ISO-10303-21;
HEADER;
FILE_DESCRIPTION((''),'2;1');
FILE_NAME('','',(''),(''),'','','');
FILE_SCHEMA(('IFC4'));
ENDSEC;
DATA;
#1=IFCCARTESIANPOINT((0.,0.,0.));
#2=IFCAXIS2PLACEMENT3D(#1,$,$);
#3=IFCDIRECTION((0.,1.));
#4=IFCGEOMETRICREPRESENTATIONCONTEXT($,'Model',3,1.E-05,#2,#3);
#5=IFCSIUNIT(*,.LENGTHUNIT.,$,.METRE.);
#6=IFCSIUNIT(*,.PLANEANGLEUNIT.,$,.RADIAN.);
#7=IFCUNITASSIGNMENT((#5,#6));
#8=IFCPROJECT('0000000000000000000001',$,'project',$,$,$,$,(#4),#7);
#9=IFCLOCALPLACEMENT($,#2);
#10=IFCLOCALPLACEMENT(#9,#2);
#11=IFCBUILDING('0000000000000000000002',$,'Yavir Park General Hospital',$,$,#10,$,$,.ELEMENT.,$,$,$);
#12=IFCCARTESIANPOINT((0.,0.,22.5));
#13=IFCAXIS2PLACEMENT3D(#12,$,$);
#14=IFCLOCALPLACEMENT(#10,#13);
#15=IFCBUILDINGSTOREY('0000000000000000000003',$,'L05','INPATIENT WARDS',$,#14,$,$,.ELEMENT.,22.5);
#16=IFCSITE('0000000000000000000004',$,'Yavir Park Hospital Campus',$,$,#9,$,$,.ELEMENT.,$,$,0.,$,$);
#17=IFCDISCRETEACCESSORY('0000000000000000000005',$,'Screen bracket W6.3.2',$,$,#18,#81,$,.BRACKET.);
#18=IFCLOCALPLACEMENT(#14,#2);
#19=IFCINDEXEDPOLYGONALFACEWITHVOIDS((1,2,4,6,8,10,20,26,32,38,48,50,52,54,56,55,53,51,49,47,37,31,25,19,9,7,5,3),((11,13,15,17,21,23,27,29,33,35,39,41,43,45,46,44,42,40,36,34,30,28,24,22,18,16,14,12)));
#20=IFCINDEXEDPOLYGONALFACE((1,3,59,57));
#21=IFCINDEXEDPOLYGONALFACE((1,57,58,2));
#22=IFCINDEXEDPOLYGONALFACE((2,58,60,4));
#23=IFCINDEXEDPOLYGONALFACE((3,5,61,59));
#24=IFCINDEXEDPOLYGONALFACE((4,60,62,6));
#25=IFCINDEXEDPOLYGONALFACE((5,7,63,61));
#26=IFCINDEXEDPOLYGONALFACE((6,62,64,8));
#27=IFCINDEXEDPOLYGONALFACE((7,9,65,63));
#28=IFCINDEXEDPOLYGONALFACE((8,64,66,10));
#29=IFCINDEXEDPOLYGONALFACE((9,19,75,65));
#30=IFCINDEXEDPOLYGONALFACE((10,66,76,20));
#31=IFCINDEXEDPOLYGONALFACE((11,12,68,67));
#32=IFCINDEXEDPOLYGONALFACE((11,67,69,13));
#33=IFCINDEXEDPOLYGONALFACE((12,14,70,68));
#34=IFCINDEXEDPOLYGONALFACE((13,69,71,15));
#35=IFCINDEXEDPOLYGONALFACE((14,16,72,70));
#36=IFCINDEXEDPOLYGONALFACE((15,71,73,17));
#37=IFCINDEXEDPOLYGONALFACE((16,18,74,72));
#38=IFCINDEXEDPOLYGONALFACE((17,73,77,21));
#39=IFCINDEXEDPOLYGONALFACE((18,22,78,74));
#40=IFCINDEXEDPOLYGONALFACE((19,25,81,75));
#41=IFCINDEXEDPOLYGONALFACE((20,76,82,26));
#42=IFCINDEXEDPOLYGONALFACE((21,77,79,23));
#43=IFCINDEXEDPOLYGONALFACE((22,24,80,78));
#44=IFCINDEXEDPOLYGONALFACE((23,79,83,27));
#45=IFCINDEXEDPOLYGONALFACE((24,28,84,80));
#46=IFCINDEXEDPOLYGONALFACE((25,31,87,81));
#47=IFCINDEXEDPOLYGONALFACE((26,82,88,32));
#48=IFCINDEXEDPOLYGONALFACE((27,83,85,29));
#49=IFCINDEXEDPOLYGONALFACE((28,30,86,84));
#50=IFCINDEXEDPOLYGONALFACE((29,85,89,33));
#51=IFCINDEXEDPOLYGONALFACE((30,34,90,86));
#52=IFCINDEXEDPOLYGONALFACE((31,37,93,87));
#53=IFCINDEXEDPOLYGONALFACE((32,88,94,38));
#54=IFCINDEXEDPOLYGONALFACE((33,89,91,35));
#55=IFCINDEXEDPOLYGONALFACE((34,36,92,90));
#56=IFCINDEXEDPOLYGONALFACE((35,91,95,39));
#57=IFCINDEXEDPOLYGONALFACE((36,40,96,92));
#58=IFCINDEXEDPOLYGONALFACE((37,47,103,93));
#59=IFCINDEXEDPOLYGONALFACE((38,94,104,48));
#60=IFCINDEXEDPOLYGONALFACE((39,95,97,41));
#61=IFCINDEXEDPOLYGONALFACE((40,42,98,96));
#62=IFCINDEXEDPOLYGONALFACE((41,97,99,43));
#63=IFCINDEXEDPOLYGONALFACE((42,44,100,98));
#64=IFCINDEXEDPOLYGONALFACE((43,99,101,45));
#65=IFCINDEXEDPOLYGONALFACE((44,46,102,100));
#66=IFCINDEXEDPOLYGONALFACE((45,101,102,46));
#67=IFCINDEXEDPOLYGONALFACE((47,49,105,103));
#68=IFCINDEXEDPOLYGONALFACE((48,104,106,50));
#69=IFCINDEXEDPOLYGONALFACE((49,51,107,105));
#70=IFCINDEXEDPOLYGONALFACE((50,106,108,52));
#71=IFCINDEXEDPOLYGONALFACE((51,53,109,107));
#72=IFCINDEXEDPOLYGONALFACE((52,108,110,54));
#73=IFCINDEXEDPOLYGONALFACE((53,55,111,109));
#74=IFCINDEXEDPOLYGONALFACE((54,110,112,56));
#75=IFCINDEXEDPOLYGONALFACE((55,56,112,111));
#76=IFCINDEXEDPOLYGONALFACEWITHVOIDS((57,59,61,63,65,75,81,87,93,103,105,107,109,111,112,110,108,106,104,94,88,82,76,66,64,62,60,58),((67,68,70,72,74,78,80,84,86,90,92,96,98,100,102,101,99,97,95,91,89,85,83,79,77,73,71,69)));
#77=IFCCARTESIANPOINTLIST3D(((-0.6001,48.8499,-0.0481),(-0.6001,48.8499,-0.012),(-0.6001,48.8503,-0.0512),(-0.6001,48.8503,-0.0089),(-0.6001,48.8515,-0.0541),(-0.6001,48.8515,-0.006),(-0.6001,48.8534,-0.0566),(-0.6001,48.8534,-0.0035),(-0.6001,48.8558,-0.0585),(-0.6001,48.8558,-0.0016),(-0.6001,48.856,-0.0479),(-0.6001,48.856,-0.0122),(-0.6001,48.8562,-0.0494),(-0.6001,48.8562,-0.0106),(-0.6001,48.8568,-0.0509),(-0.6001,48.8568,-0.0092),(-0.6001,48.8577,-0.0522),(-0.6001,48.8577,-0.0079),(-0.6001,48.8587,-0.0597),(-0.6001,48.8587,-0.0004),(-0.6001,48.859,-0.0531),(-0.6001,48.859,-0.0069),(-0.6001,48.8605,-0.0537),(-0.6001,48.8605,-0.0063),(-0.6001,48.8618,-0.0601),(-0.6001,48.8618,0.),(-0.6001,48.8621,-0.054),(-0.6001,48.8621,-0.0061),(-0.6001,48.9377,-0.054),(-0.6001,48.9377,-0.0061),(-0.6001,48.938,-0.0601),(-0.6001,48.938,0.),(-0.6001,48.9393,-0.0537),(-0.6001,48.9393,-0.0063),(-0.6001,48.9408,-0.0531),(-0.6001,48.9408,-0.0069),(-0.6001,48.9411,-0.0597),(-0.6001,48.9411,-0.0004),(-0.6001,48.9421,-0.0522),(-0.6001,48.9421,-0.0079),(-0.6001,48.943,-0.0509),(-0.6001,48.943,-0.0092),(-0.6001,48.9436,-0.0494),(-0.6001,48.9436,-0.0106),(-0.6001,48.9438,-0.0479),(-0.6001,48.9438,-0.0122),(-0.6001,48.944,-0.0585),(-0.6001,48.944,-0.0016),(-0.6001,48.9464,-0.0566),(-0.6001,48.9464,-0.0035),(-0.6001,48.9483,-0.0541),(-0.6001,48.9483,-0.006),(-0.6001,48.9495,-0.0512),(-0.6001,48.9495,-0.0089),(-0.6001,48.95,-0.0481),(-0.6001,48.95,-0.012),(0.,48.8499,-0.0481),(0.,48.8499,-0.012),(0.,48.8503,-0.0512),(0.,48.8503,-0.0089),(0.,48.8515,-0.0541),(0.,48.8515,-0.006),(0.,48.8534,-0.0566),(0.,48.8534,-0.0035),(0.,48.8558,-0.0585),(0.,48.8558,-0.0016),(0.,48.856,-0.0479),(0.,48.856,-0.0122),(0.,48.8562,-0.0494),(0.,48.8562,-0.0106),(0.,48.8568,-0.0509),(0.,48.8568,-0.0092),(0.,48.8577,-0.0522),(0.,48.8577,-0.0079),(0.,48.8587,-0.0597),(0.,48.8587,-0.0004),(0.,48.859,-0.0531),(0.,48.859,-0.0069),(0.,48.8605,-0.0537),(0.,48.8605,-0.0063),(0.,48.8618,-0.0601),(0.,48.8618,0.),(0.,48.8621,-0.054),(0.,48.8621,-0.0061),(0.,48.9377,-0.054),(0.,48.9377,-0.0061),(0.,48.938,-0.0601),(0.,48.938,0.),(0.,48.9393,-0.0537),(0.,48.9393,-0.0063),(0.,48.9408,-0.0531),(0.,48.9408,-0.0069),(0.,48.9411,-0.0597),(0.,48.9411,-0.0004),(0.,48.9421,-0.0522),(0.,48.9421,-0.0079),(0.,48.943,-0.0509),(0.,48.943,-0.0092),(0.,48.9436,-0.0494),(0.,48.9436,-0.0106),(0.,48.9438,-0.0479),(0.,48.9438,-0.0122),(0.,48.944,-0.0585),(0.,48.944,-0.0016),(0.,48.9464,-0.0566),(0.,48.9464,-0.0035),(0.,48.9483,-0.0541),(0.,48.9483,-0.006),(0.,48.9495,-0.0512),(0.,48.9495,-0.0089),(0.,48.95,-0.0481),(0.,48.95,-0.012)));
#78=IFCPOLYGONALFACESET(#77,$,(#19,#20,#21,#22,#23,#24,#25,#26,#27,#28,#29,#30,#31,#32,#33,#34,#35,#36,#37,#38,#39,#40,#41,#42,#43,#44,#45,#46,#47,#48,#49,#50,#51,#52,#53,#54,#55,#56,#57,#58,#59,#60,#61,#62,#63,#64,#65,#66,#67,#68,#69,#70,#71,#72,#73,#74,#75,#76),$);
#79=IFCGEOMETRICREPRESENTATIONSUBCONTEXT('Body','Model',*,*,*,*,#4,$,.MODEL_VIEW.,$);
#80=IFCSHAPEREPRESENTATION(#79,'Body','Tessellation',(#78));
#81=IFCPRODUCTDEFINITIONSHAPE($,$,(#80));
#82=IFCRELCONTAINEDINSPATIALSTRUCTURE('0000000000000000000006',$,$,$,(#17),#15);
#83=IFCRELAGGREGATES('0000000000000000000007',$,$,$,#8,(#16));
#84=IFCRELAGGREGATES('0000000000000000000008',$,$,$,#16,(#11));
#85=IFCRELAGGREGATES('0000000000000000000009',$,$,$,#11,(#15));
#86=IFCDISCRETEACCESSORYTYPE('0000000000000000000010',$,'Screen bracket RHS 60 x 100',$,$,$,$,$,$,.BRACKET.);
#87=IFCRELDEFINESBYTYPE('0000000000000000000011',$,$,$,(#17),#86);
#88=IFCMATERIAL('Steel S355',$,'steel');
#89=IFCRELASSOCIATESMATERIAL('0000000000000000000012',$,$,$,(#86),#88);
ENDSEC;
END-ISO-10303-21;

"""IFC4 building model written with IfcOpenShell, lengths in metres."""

from ifc_helpers import new_model, si_unit, direction, frame, origin, origin_2d, place, context, subcontext, project, spatial, hollow_rectangle, extrude, material, material_profile, profile_set, type_object, element, save


model = new_model("IFC4")

# Units and contexts
model_context = context("Model", 3, precision=1e-05, world=origin(), true_north=direction((0.0, 1.0)))
body_context = subcontext(model_context, "Body", "Model", "MODEL_VIEW")
ifc_project = project(units=[si_unit("LENGTHUNIT", "METRE"), si_unit("PLANEANGLEUNIT", "RADIAN")], contexts=[model_context])

# Site, building, storey
site_placement = place(None, origin())
site = spatial("IfcSite", under=ifc_project, at=site_placement, Name="Yavir Park Hospital Campus", CompositionType="ELEMENT", RefElevation=0.0)
building_placement = place(site_placement, origin())
building = spatial("IfcBuilding", under=site, at=building_placement, Name="Yavir Park General Hospital", CompositionType="ELEMENT")
storey_placement = place(building_placement, frame((0.0, 0.0, 22.5)))
storey = spatial("IfcBuildingStorey", under=building, at=storey_placement, Name="L05", Description="INPATIENT WARDS", CompositionType="ELEMENT", Elevation=22.5)

# Discrete accessory
ifc_material_1 = material(Name="Steel S355", Category="steel")
ifc_material_profile_1 = material_profile(ifc_material_1, hollow_rectangle(XDim=0.1001, YDim=0.0601, WallThickness=0.0061, InnerFilletRadius=0.0061, OuterFilletRadius=0.012, at=origin_2d()), Name="RHS60x100x6")
ifc_profile_set_1 = profile_set([ifc_material_profile_1], Name="Steel S355")
discrete_accessory_type = type_object("IfcDiscreteAccessoryType", Name="Screen bracket RHS 60 x 100", PredefinedType="BRACKET", material=ifc_profile_set_1)
discrete_accessory_placement = place(storey_placement, frame((0.0, 48.8999, -0.03), z_axis=(-1.0, 0.0, 0.0), x_axis=(0.0, -1.0, 0.0)))
element("IfcDiscreteAccessory", 1, at=discrete_accessory_placement, inside=storey, type_object=discrete_accessory_type, Name="Screen bracket W6.3.2", PredefinedType="BRACKET", context=body_context, shape_type="SweptSolid", body=[
    extrude(hollow_rectangle(XDim=0.1001, YDim=0.0601, WallThickness=0.0061, InnerFilletRadius=0.0061, OuterFilletRadius=0.012, at=origin_2d()), origin(), (0.0, 0.0, 1.0), 0.6001),
])

save(model, "model.ifc")
